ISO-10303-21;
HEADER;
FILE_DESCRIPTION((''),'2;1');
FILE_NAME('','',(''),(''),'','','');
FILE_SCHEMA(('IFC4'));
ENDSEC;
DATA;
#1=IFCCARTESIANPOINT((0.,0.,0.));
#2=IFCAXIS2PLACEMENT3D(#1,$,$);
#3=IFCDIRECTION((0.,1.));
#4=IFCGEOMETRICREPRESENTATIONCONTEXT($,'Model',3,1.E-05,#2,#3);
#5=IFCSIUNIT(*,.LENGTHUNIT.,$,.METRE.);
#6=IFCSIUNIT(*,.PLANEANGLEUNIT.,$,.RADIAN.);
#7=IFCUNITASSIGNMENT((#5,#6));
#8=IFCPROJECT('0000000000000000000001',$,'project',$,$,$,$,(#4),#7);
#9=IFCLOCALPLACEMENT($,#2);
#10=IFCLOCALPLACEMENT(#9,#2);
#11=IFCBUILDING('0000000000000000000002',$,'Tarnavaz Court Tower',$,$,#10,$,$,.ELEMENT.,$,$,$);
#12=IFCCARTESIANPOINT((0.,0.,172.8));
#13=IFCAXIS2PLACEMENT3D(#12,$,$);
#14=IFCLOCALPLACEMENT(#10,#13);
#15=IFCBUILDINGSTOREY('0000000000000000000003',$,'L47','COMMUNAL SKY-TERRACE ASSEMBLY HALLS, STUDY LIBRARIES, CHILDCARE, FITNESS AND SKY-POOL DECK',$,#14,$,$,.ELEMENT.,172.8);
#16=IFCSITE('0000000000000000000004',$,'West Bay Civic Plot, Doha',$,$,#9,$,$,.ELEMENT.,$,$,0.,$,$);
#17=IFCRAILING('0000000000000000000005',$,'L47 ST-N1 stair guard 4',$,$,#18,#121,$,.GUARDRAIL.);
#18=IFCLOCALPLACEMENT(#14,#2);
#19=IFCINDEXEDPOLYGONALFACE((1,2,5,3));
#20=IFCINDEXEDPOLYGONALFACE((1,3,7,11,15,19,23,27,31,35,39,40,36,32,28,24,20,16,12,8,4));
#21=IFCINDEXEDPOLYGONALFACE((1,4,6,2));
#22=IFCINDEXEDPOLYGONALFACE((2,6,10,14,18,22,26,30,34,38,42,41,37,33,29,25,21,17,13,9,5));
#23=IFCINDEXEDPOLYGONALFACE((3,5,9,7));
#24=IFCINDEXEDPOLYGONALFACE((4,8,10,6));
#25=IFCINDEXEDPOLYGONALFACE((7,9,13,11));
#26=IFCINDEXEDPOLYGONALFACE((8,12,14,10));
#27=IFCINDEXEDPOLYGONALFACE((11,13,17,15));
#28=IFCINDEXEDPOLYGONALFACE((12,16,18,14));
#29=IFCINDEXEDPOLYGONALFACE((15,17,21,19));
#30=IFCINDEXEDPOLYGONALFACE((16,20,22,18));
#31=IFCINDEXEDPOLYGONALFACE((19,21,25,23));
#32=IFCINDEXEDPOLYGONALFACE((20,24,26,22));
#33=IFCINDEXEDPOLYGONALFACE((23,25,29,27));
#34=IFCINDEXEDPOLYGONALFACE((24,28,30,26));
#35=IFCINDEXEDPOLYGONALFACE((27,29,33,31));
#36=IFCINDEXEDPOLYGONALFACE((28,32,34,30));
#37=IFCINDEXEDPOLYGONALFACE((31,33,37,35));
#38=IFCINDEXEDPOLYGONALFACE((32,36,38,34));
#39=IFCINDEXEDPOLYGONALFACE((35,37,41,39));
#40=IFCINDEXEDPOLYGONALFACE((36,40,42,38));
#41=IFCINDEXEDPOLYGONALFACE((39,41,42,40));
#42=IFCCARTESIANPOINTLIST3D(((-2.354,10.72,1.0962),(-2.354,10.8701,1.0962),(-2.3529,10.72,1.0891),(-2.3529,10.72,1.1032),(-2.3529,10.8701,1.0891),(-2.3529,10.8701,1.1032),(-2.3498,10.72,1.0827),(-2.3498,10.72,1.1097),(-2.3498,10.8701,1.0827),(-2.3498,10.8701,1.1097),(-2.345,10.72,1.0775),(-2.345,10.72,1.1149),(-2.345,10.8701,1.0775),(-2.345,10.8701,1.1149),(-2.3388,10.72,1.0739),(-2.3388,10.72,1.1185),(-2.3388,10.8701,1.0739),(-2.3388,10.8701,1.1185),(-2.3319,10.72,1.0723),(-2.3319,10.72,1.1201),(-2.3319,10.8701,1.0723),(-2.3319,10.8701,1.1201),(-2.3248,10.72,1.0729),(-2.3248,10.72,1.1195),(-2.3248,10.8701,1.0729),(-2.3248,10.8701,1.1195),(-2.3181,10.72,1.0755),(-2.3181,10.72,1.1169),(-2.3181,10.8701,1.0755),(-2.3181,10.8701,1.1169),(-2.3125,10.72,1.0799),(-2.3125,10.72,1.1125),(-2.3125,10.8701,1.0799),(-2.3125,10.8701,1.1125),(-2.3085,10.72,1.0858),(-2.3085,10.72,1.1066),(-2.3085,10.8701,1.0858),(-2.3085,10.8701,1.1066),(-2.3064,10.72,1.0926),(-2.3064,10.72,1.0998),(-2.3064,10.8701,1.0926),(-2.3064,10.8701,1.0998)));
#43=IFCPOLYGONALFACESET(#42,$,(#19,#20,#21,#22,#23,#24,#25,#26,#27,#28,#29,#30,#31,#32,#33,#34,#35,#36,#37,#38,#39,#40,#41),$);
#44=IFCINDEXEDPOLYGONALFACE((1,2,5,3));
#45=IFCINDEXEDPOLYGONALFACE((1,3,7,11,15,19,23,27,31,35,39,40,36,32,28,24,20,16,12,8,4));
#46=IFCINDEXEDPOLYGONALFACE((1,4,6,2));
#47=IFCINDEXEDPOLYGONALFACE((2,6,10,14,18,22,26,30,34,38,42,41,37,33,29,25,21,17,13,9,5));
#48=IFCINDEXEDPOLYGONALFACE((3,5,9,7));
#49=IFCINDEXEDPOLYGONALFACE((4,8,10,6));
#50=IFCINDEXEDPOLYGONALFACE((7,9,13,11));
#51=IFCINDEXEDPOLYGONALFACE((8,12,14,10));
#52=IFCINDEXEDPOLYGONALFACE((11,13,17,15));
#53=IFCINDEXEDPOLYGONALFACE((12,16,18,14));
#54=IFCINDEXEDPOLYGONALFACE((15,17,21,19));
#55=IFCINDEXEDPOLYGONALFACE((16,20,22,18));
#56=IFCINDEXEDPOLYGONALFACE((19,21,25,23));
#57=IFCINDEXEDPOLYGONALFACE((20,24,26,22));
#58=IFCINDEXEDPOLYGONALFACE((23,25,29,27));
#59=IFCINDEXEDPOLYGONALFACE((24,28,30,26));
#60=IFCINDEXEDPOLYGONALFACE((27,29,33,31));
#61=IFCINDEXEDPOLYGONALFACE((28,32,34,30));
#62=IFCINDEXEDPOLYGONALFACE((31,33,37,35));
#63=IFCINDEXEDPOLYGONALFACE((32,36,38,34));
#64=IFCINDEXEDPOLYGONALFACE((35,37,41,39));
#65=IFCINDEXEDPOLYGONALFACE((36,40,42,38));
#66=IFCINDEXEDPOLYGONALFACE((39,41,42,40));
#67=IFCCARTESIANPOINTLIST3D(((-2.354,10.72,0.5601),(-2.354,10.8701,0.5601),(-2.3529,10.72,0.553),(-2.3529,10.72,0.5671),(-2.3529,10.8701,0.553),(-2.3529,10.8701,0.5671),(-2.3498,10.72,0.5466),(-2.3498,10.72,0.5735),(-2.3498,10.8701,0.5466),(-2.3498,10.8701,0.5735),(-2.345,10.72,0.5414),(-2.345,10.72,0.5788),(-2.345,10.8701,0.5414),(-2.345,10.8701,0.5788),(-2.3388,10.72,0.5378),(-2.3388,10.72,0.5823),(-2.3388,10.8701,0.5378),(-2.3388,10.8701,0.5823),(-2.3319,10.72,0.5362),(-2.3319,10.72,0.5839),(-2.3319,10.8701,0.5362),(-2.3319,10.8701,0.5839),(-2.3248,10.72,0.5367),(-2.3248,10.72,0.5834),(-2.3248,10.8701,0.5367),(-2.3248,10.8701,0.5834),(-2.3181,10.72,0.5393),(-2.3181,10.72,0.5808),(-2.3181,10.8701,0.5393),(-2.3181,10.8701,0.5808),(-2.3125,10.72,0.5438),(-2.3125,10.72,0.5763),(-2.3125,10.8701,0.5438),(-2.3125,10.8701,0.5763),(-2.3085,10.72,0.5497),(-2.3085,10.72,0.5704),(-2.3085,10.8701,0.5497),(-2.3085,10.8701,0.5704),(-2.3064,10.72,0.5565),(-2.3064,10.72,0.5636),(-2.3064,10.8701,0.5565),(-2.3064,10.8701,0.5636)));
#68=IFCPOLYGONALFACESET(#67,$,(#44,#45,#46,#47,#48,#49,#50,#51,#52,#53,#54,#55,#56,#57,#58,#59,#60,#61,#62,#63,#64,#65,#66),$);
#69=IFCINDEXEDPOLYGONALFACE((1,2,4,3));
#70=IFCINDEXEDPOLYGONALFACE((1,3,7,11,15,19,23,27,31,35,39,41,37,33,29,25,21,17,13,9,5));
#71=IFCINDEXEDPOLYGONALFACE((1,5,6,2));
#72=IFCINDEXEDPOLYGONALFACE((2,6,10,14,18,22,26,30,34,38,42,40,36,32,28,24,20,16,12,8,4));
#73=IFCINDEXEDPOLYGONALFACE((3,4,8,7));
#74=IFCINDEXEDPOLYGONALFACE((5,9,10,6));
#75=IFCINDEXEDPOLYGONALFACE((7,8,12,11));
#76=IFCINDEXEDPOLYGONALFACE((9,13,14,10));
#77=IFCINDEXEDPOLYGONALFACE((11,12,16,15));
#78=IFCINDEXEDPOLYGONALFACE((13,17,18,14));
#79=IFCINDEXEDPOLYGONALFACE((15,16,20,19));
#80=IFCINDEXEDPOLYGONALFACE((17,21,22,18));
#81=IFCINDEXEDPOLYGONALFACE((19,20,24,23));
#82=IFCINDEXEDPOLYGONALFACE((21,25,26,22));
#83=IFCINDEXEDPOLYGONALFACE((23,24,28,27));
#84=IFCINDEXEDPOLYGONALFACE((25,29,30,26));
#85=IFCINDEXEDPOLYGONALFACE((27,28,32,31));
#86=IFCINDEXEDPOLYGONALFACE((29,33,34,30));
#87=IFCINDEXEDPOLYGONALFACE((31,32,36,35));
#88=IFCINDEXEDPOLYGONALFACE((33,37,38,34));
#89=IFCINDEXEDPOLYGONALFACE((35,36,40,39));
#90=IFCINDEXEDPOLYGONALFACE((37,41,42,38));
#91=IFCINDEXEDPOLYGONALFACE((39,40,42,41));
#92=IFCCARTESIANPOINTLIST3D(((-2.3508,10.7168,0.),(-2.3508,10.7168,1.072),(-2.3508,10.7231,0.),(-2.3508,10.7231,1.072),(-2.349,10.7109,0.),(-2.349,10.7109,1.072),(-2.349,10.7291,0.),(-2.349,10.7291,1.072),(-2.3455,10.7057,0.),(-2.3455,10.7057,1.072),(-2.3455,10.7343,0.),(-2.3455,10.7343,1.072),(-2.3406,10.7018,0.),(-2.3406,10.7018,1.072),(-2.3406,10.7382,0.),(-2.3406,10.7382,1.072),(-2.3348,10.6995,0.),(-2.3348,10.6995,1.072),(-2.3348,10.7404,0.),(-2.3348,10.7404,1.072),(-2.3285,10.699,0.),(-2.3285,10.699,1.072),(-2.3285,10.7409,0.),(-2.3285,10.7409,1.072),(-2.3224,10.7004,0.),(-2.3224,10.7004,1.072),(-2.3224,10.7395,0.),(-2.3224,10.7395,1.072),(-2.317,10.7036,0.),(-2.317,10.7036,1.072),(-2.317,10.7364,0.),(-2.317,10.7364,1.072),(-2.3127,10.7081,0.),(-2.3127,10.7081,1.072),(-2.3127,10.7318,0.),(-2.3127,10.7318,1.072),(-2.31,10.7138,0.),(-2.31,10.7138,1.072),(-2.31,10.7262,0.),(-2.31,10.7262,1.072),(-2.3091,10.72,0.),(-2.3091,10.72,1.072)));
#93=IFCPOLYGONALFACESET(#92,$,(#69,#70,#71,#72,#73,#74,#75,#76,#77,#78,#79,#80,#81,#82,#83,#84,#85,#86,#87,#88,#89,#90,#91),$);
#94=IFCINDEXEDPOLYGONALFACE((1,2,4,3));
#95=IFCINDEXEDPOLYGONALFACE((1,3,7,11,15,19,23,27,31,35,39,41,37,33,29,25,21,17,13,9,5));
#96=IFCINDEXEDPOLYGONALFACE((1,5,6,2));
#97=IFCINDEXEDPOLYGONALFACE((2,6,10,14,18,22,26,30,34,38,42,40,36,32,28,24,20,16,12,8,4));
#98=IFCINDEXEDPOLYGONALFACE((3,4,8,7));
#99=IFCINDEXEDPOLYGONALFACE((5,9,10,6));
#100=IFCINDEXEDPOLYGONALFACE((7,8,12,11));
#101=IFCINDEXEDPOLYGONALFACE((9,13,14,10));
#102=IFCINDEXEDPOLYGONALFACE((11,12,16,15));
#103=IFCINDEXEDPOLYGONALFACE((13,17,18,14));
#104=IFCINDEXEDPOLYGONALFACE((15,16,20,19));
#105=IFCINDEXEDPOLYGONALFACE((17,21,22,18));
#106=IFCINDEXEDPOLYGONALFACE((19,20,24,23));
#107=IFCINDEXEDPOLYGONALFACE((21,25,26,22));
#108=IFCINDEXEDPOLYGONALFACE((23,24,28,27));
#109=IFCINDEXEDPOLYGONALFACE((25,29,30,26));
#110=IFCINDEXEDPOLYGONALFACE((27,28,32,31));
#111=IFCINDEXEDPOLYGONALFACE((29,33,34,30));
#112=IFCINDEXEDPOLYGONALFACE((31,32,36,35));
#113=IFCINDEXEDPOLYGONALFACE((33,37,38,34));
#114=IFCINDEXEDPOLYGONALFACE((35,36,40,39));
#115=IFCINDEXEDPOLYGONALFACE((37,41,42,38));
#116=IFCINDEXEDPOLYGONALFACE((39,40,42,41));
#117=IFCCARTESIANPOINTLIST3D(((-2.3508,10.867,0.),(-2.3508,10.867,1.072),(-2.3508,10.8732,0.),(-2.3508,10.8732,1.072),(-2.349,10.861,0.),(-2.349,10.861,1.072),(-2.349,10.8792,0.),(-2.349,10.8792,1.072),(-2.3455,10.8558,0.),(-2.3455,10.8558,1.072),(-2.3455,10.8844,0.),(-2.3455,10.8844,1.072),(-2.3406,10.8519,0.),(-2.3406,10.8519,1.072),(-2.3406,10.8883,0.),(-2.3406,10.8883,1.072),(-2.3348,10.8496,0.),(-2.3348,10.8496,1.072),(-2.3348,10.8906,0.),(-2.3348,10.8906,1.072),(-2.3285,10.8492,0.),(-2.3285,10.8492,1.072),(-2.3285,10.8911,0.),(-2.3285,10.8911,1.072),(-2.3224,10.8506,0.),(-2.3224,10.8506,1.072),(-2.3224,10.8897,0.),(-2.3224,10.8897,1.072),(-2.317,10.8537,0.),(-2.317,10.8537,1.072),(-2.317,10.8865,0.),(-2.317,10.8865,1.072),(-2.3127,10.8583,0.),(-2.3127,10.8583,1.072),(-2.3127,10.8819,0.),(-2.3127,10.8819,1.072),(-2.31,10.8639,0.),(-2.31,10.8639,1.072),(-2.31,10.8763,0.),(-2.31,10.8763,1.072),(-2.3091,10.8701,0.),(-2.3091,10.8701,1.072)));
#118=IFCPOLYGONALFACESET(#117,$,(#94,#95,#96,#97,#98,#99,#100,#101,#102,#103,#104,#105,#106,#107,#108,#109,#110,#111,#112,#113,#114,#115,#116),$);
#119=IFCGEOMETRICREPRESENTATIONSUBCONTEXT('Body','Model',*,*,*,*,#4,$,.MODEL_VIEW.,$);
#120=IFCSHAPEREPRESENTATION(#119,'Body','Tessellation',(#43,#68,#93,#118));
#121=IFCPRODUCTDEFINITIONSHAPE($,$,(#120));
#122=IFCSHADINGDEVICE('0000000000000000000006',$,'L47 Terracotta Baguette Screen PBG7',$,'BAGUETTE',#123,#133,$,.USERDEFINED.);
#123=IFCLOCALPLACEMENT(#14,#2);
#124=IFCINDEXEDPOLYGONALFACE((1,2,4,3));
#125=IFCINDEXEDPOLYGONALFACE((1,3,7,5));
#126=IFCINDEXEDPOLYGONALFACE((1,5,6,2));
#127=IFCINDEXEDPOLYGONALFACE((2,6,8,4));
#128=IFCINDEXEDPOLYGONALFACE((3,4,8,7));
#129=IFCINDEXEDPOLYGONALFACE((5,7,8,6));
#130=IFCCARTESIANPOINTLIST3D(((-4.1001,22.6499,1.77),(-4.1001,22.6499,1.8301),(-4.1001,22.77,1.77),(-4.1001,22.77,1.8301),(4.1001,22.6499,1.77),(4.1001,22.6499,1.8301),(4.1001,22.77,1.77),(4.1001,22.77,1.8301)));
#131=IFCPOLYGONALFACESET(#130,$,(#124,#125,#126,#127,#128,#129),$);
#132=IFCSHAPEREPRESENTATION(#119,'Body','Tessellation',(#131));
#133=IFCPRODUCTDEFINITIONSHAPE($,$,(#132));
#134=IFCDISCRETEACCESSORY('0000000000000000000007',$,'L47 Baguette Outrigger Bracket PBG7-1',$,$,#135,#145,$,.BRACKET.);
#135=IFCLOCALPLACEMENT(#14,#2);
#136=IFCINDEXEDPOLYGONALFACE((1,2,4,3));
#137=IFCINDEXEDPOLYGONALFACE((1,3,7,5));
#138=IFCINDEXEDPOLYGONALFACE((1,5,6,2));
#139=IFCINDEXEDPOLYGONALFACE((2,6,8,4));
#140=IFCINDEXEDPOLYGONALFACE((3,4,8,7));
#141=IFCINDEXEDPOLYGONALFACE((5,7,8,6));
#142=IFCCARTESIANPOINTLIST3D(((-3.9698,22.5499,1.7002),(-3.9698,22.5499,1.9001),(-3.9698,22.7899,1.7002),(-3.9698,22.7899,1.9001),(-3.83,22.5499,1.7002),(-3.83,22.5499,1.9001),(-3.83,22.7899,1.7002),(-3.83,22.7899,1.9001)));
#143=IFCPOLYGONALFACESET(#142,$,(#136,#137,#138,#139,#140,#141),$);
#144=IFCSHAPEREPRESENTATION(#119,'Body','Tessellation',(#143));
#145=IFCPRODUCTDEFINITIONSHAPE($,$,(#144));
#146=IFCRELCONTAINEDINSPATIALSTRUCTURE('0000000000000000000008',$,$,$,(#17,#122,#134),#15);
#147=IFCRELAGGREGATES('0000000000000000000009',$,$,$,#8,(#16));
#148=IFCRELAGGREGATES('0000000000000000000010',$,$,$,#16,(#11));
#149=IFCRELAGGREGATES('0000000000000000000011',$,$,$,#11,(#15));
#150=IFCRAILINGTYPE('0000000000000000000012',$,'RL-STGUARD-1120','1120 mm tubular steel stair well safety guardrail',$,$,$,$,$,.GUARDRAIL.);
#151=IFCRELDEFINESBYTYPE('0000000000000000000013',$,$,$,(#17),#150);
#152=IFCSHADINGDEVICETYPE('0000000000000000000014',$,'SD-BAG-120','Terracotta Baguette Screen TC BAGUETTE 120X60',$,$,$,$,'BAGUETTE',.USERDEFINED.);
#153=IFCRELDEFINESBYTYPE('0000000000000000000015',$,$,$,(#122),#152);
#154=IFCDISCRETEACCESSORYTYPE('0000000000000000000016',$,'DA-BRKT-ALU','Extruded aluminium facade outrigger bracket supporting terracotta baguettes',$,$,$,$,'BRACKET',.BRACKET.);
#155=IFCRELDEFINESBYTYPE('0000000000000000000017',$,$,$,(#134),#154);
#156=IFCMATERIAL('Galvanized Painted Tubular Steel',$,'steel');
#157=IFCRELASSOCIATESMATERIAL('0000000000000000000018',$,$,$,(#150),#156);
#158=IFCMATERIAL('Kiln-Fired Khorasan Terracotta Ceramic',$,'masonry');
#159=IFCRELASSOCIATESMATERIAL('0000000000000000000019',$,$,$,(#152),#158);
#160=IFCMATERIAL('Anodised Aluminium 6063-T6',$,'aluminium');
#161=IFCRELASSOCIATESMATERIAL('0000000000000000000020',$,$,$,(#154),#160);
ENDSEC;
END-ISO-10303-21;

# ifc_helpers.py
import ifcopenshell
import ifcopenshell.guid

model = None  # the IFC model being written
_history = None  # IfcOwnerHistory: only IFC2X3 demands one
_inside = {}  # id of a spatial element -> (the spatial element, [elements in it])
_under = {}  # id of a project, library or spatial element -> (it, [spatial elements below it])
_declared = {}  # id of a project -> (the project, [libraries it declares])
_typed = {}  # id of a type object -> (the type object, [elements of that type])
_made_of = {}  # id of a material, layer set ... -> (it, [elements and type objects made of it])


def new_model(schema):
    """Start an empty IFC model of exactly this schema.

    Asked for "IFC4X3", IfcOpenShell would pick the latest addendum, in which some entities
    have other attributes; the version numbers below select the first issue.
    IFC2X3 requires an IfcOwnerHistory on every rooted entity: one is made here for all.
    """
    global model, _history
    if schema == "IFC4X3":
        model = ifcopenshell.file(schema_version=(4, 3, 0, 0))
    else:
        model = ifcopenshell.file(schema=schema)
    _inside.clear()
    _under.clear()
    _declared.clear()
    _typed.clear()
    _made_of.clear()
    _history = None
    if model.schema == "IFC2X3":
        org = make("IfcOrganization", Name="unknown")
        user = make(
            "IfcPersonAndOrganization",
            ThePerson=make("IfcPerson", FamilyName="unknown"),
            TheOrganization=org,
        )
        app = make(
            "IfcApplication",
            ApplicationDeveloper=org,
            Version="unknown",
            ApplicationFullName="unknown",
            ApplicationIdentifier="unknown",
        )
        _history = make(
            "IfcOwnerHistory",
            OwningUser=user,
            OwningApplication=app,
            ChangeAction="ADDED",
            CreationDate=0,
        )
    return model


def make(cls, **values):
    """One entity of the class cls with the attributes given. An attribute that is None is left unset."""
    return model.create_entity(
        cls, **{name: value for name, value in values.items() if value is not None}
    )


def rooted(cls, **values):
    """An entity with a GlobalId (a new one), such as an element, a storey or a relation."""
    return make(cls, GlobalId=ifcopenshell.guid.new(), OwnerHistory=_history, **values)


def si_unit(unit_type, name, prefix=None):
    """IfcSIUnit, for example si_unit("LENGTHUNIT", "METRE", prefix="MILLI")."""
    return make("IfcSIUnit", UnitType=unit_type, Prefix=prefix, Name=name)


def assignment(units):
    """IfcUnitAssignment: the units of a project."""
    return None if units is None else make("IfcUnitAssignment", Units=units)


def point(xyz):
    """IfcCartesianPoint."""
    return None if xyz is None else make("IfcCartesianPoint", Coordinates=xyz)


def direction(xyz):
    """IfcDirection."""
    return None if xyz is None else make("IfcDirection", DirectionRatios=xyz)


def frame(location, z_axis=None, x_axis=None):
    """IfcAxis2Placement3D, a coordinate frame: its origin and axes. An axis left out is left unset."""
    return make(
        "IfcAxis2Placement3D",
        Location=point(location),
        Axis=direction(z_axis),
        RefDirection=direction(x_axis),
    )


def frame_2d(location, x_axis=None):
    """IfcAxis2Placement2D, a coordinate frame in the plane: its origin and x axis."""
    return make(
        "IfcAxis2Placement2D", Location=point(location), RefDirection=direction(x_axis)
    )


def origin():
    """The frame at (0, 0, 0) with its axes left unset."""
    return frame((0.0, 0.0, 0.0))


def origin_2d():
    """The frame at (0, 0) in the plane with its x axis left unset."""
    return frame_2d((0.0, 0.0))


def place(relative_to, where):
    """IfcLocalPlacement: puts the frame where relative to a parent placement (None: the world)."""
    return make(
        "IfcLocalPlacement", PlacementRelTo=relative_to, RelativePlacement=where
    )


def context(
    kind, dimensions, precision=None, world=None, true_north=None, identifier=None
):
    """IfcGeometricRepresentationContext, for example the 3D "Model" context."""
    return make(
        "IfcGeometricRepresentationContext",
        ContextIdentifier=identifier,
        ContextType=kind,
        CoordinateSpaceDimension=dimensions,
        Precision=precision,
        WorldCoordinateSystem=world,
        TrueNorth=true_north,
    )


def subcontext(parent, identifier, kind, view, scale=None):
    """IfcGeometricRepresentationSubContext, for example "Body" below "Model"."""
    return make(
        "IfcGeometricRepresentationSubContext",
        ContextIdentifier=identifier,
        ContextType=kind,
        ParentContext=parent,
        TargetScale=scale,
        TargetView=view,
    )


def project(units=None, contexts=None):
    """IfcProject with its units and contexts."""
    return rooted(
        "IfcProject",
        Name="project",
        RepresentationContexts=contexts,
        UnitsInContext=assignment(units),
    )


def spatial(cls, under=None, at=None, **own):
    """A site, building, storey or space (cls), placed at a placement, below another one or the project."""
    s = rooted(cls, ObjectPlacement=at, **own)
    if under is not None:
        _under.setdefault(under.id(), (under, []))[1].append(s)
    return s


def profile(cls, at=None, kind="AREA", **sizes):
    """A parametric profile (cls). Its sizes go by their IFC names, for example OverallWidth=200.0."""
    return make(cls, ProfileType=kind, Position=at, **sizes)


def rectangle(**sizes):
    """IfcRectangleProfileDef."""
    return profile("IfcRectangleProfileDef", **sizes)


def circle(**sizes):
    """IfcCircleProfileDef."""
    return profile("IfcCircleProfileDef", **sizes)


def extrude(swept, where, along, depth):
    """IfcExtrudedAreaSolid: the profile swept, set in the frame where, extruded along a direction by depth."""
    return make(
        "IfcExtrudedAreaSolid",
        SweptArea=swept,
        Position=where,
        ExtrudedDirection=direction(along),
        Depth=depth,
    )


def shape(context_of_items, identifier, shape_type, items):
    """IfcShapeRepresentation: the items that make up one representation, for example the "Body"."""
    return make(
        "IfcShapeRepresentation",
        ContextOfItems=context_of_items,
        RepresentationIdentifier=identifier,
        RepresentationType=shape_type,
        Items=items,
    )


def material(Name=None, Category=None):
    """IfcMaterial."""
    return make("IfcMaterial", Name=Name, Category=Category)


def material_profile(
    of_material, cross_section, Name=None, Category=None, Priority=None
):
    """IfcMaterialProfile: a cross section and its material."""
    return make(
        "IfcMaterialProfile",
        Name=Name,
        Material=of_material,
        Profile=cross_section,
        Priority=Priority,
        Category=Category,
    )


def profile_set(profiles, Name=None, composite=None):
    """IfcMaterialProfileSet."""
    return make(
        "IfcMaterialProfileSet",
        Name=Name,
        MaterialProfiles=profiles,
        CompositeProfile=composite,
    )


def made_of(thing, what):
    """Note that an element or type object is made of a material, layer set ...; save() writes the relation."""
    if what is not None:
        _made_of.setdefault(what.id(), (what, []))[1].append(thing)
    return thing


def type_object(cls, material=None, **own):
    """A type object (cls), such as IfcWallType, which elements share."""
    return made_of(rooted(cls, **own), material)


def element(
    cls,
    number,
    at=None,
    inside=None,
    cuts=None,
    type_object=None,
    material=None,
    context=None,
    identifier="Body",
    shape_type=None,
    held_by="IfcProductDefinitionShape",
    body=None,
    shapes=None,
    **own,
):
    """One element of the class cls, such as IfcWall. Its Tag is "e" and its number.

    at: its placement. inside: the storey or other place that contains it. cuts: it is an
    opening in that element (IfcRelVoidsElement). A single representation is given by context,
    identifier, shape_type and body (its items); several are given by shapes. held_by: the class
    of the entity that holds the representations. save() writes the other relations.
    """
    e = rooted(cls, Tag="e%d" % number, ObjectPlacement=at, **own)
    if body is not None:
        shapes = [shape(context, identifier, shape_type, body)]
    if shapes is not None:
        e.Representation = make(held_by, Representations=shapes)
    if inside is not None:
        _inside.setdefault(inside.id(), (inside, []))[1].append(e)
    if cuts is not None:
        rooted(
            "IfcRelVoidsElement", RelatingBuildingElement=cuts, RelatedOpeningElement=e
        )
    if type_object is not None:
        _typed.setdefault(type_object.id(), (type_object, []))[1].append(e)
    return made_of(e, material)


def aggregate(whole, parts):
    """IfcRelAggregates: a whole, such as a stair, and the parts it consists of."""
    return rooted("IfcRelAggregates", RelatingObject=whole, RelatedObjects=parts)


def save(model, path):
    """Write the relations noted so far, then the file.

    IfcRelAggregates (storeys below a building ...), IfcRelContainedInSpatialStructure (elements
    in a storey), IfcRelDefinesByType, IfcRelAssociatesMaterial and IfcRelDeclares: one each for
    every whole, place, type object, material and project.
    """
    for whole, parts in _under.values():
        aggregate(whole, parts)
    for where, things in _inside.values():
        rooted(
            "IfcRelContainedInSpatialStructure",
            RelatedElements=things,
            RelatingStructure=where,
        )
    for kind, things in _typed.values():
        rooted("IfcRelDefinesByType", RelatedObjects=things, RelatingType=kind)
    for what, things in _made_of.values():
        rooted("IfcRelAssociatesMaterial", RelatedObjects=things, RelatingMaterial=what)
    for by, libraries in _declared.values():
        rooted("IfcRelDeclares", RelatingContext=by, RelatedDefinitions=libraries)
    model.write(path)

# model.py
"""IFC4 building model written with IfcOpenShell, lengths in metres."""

from ifc_helpers import new_model, si_unit, direction, frame, origin, origin_2d, place, context, subcontext, project, spatial, rectangle, circle, extrude, material, material_profile, profile_set, type_object, element, save


model = new_model("IFC4")

# Units and contexts
model_context = context("Model", 3, precision=1e-05, world=origin(), true_north=direction((0.0, 1.0)))
body_context = subcontext(model_context, "Body", "Model", "MODEL_VIEW")
ifc_project = project(units=[si_unit("LENGTHUNIT", "METRE"), si_unit("PLANEANGLEUNIT", "RADIAN")], contexts=[model_context])

# Site, building, storey
site_placement = place(None, origin())
site = spatial("IfcSite", under=ifc_project, at=site_placement, Name="West Bay Civic Plot, Doha", CompositionType="ELEMENT", RefElevation=0.0)
building_placement = place(site_placement, origin())
building = spatial("IfcBuilding", under=site, at=building_placement, Name="Tarnavaz Court Tower", CompositionType="ELEMENT")
storey_placement = place(building_placement, frame((0.0, 0.0, 172.8)))
storey = spatial("IfcBuildingStorey", under=building, at=storey_placement, Name="L47", Description="COMMUNAL SKY-TERRACE ASSEMBLY HALLS, STUDY LIBRARIES, CHILDCARE, FITNESS AND SKY-POOL DECK", CompositionType="ELEMENT", Elevation=172.8)

# Shared definitions
ifc_material_1 = material(Name="Anodised Aluminium 6063-T6", Category="aluminium")

# Railing
ifc_material_2 = material(Name="Galvanized Painted Tubular Steel", Category="steel")
railing_type = type_object("IfcRailingType", Name="RL-STGUARD-1120", Description="1120 mm tubular steel stair well safety guardrail", PredefinedType="GUARDRAIL", material=ifc_material_2)
railing_1_placement = place(storey_placement, frame((-2.3301, 10.72, 0.0)))
element("IfcRailing", 1, at=railing_1_placement, inside=storey, type_object=railing_type, Name="L47 ST-N1 stair guard 4", PredefinedType="GUARDRAIL", context=body_context, shape_type="SweptSolid", body=[
    extrude(circle(Radius=0.0239, at=origin_2d()), frame((0.0, 0.0, 1.0962), z_axis=(0.0, 1.0, 0.0), x_axis=(-1.0, 0.0, 0.0)), (0.0, 0.0, 1.0), 0.1501),
    extrude(circle(Radius=0.0239, at=origin_2d()), frame((0.0, 0.0, 0.5601), z_axis=(0.0, 1.0, 0.0), x_axis=(-1.0, 0.0, 0.0)), (0.0, 0.0, 1.0), 0.1501),
    extrude(circle(Radius=0.021, at=origin_2d()), origin(), (0.0, 0.0, 1.0), 1.072),
    extrude(circle(Radius=0.021, at=origin_2d()), frame((0.0, 0.1501, 0.0)), (0.0, 0.0, 1.0), 1.072),
])

# Shading device
ifc_material_3 = material(Name="Kiln-Fired Khorasan Terracotta Ceramic", Category="masonry")
ifc_material_profile_1 = material_profile(ifc_material_3, rectangle(XDim=0.1201, YDim=0.0601, at=origin_2d()), Name="TC BAGUETTE 120X60")
ifc_profile_set_1 = profile_set([ifc_material_profile_1], Name="Kiln-Fired Khorasan Terracotta Ceramic")
shading_device_type = type_object("IfcShadingDeviceType", Name="SD-BAG-120", Description="Terracotta Baguette Screen TC BAGUETTE 120X60", ElementType="BAGUETTE", PredefinedType="USERDEFINED", material=ifc_profile_set_1)
shading_device_placement = place(storey_placement, frame((-4.1001, 22.71, 1.8), z_axis=(1.0, 0.0, 0.0), x_axis=(0.0, 1.0, 0.0)))
element("IfcShadingDevice", 2, at=shading_device_placement, inside=storey, type_object=shading_device_type, Name="L47 Terracotta Baguette Screen PBG7", ObjectType="BAGUETTE", PredefinedType="USERDEFINED", context=body_context, shape_type="SweptSolid", body=[
    extrude(rectangle(XDim=0.1201, YDim=0.0601, at=origin_2d()), origin(), (0.0, 0.0, 1.0), 8.2002),
])

# Discrete accessory
discrete_accessory_type = type_object("IfcDiscreteAccessoryType", Name="DA-BRKT-ALU", Description="Extruded aluminium facade outrigger bracket supporting terracotta baguettes", ElementType="BRACKET", PredefinedType="BRACKET", material=ifc_material_1)
discrete_accessory_placement = place(storey_placement, frame((-3.8999, 22.6699, 1.7002), z_axis=(0.0, 0.0, 1.0), x_axis=(1.0, 0.0, 0.0)))
element("IfcDiscreteAccessory", 3, at=discrete_accessory_placement, inside=storey, type_object=discrete_accessory_type, Name="L47 Baguette Outrigger Bracket PBG7-1", PredefinedType="BRACKET", context=body_context, shape_type="SweptSolid", body=[
    extrude(rectangle(XDim=0.1399, YDim=0.24, at=origin_2d()), origin(), (0.0, 0.0, 1.0), 0.2),
])

save(model, "model.ifc")
